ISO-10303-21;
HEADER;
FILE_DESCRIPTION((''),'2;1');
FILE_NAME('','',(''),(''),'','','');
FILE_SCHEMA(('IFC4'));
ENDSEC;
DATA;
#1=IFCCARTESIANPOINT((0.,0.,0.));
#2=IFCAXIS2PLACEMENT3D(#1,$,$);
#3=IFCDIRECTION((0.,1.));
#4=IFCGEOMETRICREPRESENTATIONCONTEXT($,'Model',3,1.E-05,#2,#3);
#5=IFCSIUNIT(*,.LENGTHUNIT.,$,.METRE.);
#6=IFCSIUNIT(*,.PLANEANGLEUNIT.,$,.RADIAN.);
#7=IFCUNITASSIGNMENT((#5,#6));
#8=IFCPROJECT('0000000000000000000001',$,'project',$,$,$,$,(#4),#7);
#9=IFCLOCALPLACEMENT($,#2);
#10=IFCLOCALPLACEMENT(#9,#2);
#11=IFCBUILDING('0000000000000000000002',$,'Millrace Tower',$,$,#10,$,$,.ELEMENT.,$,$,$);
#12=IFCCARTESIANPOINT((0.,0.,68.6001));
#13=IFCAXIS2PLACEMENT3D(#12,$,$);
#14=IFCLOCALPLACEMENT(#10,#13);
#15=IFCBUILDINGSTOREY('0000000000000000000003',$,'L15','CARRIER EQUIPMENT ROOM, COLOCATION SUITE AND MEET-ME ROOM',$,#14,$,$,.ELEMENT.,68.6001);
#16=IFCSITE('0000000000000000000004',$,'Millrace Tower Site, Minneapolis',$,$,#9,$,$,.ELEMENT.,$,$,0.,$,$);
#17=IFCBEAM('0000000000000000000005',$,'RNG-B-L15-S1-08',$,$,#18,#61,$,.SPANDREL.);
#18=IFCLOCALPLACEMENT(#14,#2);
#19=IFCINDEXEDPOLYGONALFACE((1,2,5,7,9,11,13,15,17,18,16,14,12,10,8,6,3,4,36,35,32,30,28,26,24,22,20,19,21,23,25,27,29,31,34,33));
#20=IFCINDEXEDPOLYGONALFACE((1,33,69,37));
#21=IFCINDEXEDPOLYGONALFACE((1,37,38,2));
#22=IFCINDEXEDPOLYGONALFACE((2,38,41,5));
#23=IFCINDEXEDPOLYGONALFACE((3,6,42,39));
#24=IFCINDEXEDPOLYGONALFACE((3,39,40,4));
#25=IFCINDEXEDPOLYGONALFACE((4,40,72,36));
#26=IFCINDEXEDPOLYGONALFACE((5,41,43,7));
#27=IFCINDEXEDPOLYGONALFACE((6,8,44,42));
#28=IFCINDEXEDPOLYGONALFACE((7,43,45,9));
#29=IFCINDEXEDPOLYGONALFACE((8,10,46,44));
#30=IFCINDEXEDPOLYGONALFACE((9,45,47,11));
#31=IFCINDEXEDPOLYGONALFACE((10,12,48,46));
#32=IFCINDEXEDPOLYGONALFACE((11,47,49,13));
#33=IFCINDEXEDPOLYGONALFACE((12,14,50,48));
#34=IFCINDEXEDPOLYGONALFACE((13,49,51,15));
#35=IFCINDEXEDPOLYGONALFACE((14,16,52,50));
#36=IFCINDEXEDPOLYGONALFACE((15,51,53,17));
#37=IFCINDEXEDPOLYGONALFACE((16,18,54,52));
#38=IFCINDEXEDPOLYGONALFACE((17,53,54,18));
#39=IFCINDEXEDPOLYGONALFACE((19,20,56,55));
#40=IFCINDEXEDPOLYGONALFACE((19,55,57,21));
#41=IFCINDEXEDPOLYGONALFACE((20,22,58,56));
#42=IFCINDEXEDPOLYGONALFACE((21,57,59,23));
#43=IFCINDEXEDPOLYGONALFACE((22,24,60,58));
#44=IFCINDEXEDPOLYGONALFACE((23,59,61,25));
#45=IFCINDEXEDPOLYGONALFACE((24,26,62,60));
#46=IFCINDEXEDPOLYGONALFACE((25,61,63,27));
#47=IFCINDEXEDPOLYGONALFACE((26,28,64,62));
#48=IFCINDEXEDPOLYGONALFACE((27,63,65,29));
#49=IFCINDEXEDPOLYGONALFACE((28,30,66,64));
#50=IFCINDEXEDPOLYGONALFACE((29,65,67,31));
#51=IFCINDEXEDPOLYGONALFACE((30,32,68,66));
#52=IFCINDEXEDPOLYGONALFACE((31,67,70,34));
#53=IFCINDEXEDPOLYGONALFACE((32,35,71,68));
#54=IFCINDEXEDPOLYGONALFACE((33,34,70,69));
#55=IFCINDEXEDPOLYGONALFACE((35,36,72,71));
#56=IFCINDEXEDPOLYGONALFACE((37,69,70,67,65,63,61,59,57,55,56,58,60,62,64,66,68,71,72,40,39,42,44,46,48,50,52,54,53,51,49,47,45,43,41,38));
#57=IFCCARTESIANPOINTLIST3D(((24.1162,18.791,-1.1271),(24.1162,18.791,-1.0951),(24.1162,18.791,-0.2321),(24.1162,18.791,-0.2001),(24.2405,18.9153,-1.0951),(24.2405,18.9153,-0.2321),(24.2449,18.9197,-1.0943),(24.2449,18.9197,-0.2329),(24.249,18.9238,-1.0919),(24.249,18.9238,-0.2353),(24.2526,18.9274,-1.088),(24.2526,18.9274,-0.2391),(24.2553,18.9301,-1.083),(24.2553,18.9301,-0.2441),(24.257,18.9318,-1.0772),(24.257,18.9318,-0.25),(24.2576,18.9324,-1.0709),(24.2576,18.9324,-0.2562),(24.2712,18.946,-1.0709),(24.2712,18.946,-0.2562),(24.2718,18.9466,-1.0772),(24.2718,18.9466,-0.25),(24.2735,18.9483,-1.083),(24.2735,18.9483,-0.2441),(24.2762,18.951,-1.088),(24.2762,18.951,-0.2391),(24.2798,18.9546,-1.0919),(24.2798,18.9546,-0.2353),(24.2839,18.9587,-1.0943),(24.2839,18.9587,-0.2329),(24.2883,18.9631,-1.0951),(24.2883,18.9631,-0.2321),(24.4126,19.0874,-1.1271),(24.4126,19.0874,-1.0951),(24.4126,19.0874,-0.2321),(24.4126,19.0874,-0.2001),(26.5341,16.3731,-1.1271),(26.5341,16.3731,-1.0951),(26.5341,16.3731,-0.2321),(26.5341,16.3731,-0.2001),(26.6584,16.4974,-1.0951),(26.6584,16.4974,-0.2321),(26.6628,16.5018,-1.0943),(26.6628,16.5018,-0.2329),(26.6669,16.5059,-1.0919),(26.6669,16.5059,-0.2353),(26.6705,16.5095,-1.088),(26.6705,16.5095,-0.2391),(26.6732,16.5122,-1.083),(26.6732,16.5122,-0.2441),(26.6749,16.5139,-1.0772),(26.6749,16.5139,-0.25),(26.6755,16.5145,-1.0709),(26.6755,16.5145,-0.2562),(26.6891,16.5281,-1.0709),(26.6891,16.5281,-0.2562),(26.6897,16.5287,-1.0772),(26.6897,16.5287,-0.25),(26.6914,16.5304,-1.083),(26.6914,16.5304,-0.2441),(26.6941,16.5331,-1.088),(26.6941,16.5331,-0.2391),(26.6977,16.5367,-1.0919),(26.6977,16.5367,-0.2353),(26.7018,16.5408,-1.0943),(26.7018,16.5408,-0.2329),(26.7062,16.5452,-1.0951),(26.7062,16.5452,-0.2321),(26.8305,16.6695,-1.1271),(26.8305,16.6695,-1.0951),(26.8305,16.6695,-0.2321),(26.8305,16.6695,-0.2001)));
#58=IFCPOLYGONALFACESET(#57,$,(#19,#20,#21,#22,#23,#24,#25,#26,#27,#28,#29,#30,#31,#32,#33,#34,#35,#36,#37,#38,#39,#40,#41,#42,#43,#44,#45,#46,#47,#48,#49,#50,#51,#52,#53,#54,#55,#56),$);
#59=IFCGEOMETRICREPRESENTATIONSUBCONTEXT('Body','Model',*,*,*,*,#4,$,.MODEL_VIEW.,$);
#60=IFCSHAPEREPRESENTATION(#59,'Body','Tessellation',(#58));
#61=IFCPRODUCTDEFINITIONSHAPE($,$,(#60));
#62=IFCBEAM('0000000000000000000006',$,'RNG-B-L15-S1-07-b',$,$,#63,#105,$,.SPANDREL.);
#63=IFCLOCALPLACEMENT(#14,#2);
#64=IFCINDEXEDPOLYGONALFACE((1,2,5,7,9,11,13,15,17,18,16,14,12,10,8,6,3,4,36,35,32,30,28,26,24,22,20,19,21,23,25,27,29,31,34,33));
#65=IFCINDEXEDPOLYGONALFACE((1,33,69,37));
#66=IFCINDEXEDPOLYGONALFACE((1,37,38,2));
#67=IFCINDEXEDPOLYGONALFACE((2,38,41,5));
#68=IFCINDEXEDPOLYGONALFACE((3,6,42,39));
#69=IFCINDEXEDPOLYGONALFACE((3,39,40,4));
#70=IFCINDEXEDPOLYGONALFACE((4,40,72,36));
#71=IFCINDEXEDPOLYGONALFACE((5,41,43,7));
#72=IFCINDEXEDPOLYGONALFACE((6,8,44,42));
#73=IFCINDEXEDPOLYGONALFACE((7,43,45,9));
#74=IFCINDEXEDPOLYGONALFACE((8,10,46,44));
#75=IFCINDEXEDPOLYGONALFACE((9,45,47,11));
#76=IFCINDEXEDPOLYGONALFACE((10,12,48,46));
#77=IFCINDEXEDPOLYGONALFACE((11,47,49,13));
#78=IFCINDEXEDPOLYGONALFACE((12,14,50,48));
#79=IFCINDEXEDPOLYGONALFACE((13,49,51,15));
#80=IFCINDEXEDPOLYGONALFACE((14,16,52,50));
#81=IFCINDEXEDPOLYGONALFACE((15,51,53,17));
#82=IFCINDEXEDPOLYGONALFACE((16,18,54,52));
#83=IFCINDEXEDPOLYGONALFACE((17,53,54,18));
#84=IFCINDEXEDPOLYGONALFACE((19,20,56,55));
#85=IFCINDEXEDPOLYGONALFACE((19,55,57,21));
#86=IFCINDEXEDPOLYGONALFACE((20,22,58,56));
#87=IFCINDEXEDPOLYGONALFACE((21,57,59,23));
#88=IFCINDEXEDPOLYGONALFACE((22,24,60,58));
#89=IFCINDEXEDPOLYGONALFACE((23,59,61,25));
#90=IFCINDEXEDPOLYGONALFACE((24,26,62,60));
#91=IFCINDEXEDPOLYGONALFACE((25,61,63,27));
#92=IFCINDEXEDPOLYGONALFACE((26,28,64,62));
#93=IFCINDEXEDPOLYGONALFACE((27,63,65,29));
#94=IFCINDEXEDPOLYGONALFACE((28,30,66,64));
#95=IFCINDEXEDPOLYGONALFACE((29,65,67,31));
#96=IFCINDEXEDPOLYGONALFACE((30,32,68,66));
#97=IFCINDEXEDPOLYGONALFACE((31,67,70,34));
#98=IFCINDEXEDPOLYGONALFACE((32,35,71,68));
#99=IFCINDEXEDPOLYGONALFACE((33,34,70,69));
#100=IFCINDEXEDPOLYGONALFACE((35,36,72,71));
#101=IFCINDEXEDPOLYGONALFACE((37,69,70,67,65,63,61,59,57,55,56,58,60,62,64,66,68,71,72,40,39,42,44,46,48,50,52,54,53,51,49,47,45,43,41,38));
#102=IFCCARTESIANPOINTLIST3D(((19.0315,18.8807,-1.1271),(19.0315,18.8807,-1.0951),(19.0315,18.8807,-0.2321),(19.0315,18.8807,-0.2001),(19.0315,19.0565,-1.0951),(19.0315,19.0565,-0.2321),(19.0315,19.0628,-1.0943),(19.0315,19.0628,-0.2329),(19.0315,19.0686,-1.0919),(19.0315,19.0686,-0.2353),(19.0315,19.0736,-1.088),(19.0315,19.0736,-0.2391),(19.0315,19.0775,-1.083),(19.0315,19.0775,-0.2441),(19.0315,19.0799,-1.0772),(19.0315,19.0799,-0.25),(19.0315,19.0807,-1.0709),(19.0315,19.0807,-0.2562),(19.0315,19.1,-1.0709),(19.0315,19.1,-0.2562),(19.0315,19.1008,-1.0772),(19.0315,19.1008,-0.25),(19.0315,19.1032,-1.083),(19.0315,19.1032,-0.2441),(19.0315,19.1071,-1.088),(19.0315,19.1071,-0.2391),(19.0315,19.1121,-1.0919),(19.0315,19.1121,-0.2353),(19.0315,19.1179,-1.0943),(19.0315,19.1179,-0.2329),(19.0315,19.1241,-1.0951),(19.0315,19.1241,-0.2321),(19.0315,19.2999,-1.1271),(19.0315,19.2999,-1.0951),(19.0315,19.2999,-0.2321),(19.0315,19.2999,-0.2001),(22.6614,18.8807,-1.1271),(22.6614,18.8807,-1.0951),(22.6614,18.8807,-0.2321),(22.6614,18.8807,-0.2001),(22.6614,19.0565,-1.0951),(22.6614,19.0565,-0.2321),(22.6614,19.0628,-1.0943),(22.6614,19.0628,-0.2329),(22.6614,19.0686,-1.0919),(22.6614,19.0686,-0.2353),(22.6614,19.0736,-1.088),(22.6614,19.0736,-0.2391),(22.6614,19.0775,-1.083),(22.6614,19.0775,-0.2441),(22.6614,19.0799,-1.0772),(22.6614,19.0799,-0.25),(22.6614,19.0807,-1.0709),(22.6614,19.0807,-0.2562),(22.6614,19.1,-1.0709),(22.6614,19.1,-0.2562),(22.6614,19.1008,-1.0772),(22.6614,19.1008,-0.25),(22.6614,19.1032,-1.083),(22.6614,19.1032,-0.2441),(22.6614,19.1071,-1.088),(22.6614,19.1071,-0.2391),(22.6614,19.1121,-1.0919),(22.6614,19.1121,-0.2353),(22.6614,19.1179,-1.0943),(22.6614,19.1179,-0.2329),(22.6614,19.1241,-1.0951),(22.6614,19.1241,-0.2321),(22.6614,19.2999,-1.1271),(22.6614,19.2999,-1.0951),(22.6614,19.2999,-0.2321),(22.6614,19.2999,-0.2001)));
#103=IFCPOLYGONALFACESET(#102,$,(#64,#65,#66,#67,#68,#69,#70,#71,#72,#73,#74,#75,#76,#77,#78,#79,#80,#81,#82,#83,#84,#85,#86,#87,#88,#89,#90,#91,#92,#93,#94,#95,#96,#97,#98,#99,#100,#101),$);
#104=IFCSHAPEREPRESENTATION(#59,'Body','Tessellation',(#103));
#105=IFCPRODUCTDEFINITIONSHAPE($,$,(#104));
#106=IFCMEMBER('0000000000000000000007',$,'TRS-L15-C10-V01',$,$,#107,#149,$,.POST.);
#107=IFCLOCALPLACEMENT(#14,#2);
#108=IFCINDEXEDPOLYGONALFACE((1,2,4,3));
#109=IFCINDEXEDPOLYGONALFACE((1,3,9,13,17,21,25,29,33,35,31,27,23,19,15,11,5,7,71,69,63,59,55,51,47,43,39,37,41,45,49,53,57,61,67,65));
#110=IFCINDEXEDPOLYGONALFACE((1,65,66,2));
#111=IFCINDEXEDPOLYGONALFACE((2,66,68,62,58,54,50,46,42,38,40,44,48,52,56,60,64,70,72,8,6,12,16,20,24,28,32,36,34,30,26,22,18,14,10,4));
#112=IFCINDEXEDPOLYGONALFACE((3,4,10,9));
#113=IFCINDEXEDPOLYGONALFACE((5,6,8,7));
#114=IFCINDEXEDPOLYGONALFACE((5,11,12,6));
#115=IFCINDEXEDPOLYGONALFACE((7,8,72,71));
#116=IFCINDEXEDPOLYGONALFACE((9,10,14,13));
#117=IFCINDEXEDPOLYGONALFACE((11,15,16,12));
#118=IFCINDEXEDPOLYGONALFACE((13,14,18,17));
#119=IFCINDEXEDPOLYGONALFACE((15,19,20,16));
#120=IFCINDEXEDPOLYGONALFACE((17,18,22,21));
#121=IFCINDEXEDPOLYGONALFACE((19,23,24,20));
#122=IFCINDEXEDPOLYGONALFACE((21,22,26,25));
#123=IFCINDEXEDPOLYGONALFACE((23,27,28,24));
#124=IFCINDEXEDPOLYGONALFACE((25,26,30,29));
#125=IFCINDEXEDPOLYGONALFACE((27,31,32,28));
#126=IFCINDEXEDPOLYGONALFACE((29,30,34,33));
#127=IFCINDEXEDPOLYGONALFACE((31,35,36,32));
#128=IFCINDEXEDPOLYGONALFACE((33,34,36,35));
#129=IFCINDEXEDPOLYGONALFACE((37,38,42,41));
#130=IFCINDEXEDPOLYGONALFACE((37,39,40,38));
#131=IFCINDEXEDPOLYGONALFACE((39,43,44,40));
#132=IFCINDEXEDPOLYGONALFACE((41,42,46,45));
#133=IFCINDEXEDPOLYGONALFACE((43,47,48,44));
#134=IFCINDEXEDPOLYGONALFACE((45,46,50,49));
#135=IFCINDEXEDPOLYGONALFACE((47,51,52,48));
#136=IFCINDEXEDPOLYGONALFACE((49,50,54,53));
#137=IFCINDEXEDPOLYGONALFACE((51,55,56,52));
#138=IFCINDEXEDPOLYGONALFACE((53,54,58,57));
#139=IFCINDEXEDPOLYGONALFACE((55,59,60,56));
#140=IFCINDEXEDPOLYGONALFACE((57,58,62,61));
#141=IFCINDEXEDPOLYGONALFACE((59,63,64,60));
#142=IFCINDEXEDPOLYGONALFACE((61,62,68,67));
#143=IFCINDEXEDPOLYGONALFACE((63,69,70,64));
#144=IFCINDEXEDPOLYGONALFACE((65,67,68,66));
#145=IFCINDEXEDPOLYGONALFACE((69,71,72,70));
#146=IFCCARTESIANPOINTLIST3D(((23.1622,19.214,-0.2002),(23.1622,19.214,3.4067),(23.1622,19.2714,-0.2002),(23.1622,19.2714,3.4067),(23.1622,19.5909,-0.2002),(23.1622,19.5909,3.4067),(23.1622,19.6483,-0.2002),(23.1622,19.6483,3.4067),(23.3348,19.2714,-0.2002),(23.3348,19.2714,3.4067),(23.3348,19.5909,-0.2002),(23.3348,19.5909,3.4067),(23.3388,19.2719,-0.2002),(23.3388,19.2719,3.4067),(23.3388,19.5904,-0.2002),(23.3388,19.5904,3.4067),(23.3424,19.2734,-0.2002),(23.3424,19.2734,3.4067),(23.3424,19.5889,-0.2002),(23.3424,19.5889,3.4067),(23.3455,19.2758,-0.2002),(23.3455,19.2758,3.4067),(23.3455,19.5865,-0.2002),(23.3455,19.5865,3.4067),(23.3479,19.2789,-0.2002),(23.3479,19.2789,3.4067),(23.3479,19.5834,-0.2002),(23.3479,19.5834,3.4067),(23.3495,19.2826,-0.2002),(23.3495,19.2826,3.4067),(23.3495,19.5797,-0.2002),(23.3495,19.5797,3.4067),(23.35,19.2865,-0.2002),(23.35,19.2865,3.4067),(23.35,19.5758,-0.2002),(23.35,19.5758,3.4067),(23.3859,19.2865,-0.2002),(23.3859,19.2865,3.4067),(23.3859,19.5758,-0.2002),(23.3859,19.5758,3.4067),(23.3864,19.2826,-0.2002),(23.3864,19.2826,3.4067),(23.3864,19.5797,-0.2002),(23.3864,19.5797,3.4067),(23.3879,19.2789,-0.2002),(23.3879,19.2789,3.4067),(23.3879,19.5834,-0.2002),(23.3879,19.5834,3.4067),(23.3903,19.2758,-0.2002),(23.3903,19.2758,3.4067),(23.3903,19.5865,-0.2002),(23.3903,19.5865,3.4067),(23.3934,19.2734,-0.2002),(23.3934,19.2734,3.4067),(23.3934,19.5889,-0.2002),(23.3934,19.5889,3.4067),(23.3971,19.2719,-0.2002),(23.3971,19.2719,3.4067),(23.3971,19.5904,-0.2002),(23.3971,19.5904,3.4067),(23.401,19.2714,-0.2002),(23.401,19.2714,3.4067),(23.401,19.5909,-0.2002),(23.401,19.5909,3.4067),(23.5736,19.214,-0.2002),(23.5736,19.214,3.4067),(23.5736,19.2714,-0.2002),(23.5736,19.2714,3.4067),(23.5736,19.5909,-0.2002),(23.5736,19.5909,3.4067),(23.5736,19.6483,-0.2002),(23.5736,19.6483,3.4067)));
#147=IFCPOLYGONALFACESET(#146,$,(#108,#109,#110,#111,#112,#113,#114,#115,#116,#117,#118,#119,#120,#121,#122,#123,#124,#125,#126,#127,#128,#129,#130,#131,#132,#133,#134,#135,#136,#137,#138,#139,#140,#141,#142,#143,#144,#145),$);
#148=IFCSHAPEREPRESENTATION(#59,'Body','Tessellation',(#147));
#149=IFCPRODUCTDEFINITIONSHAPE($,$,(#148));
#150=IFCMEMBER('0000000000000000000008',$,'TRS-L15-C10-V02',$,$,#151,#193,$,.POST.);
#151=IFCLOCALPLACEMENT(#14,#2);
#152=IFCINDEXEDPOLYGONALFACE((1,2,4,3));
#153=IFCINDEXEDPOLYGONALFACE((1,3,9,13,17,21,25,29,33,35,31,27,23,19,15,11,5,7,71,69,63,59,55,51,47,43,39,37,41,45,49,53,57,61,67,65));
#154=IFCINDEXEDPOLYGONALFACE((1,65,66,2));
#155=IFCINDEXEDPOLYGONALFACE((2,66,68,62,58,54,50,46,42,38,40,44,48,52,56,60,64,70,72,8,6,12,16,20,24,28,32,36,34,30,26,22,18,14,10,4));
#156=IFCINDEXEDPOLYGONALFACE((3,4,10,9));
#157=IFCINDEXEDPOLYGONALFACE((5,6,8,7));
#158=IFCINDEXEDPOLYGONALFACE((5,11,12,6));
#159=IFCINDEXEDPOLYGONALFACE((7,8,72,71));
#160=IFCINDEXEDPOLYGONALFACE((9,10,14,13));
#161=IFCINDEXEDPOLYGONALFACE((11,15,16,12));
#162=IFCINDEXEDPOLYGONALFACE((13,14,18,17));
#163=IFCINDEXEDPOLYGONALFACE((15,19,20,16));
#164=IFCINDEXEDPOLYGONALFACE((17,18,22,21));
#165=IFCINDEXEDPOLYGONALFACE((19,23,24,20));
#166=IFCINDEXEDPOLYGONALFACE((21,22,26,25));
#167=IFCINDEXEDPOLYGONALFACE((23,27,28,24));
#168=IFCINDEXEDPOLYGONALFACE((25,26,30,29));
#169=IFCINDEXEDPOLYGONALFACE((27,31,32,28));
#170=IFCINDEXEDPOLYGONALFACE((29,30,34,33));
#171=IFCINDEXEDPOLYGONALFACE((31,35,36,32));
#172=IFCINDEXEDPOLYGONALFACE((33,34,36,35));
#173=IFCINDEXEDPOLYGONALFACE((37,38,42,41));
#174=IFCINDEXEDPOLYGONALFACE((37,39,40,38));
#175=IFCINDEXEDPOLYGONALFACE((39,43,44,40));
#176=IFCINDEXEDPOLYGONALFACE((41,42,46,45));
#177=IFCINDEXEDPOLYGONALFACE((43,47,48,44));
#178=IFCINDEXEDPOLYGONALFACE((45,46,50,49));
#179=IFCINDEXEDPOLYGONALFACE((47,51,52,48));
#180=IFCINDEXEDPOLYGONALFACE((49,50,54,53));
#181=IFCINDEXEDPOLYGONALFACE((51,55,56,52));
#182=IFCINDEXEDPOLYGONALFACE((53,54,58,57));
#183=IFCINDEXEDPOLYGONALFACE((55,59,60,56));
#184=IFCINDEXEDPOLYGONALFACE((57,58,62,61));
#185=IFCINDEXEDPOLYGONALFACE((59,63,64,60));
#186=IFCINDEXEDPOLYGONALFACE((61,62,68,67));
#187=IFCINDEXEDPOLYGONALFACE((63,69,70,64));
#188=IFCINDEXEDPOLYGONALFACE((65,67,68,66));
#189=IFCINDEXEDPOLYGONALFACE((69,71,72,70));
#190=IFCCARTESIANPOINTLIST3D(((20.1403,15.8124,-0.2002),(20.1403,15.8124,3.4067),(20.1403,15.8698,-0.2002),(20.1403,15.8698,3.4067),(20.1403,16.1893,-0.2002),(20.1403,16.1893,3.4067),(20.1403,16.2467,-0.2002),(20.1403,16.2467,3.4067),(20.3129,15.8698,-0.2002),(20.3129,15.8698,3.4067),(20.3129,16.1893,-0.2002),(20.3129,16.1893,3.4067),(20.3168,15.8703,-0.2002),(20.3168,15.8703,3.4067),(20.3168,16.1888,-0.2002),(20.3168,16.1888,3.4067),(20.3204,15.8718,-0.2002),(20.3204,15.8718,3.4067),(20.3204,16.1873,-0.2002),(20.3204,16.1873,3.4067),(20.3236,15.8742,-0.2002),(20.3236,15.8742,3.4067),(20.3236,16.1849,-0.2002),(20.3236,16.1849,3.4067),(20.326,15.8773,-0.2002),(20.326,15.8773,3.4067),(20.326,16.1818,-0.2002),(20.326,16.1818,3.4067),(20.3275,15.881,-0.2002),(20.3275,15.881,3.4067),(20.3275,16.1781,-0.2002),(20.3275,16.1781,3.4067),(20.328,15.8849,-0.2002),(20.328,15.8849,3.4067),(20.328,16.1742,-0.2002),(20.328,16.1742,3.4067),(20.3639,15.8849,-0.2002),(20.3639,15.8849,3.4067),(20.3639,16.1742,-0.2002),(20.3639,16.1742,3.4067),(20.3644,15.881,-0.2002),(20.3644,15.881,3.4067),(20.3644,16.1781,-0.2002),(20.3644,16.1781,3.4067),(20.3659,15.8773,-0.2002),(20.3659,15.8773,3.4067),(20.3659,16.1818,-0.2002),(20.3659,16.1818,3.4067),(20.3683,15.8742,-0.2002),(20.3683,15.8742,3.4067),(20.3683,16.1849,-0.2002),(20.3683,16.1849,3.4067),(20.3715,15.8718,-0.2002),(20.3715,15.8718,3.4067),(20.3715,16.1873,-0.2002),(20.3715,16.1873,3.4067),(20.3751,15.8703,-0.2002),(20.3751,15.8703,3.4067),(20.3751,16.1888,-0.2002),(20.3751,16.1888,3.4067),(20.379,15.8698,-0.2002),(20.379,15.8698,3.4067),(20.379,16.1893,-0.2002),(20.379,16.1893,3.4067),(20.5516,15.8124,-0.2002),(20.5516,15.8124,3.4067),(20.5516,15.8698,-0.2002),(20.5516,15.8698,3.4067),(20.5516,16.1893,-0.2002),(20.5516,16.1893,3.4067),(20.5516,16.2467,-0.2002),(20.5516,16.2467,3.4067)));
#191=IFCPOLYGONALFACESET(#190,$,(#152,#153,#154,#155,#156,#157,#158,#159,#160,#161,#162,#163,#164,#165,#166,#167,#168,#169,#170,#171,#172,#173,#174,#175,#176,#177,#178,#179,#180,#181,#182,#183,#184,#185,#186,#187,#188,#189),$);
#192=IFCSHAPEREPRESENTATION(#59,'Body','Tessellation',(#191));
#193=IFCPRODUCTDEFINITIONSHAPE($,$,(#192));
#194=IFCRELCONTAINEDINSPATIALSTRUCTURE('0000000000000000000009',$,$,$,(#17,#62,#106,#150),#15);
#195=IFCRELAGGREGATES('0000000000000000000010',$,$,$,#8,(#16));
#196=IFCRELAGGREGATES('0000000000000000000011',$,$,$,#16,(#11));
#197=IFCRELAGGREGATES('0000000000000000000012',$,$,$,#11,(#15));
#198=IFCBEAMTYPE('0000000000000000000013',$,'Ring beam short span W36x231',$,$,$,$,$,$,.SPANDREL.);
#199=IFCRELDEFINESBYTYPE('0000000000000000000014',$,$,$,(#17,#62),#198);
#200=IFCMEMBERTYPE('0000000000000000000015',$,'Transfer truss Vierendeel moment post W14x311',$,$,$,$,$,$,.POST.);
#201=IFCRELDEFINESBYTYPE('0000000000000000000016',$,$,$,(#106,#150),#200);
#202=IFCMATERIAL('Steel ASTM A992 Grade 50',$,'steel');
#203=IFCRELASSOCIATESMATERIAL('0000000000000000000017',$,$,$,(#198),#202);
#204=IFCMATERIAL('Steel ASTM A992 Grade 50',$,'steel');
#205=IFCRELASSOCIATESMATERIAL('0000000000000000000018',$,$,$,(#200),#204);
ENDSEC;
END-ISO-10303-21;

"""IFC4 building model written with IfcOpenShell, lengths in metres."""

from ifc_helpers import new_model, si_unit, direction, frame, origin, origin_2d, place, context, subcontext, project, spatial, i_section, extrude, material, material_profile, profile_set, type_object, element, save


model = new_model("IFC4")

# Units and contexts
model_context = context("Model", 3, precision=1e-05, world=origin(), true_north=direction((0.0, 1.0)))
body_context = subcontext(model_context, "Body", "Model", "MODEL_VIEW")
ifc_project = project(units=[si_unit("LENGTHUNIT", "METRE"), si_unit("PLANEANGLEUNIT", "RADIAN")], contexts=[model_context])

# Site, building, storey
site_placement = place(None, origin())
site = spatial("IfcSite", under=ifc_project, at=site_placement, Name="Millrace Tower Site, Minneapolis", CompositionType="ELEMENT", RefElevation=0.0)
building_placement = place(site_placement, origin())
building = spatial("IfcBuilding", under=site, at=building_placement, Name="Millrace Tower", CompositionType="ELEMENT")
storey_placement = place(building_placement, frame((0.0, 0.0, 68.6001)))
storey = spatial("IfcBuildingStorey", under=building, at=storey_placement, Name="L15", Description="CARRIER EQUIPMENT ROOM, COLOCATION SUITE AND MEET-ME ROOM", CompositionType="ELEMENT", Elevation=68.6001)

# Beams
ifc_material_1 = material(Name="Steel ASTM A992 Grade 50", Category="steel")
ifc_material_profile_1 = material_profile(ifc_material_1, i_section(OverallWidth=0.4192, OverallDepth=0.927, WebThickness=0.0193, FlangeThickness=0.032, FilletRadius=0.0242, at=origin_2d()))
ifc_profile_set_1 = profile_set([ifc_material_profile_1], Name="Steel ASTM A992 Grade 50")
beam_type_1 = type_object("IfcBeamType", Name="Ring beam short span W36x231", PredefinedType="SPANDREL", material=ifc_profile_set_1)
beam_1_placement = place(storey_placement, frame((24.2644, 18.9392, -0.6636), z_axis=(0.707107, -0.707107, 0.0), x_axis=(0.707107, 0.707107, 0.0)))
element("IfcBeam", 1, at=beam_1_placement, inside=storey, type_object=beam_type_1, Name="RNG-B-L15-S1-08", PredefinedType="SPANDREL", context=body_context, shape_type="SweptSolid", body=[
    extrude(i_section(OverallWidth=0.4192, OverallDepth=0.927, WebThickness=0.0193, FlangeThickness=0.032, FilletRadius=0.0242, at=origin_2d()), origin(), (0.0, 0.0, 1.0), 3.4194),
])
beam_2_placement = place(storey_placement, frame((19.0315, 19.0903, -0.6636), z_axis=(1.0, 0.0, 0.0), x_axis=(0.0, 1.0, 0.0)))
element("IfcBeam", 2, at=beam_2_placement, inside=storey, type_object=beam_type_1, Name="RNG-B-L15-S1-07-b", PredefinedType="SPANDREL", context=body_context, shape_type="SweptSolid", body=[
    extrude(i_section(OverallWidth=0.4192, OverallDepth=0.927, WebThickness=0.0193, FlangeThickness=0.032, FilletRadius=0.0242, at=origin_2d()), origin(), (0.0, 0.0, 1.0), 3.6299),
])

# Members
ifc_material_2 = material(Name="Steel ASTM A992 Grade 50", Category="steel")
ifc_material_profile_2 = material_profile(ifc_material_2, i_section(OverallWidth=0.4114, OverallDepth=0.4343, WebThickness=0.0359, FlangeThickness=0.0574, FilletRadius=0.0151, at=origin_2d()))
ifc_profile_set_2 = profile_set([ifc_material_profile_2], Name="Steel ASTM A992 Grade 50")
member_type_1 = type_object("IfcMemberType", Name="Transfer truss Vierendeel moment post W14x311", PredefinedType="POST", material=ifc_profile_set_2)
for number, where, z_axis, x_axis, name in (
    (3, (23.3679, 19.4312, -0.2002), (0.0, 0.0, 1.0), (1.0, 0.0, 0.0), "TRS-L15-C10-V01"),
    (4, (20.3459, 16.0295, -0.2002), (0.0, 0.0, 1.0), (1.0, 0.0, 0.0), "TRS-L15-C10-V02"),
):
    element("IfcMember", number, at=place(storey_placement, frame(where, z_axis=z_axis, x_axis=x_axis)), inside=storey, type_object=member_type_1, Name=name, PredefinedType="POST", context=body_context, shape_type="SweptSolid", body=[
        extrude(i_section(OverallWidth=0.4114, OverallDepth=0.4343, WebThickness=0.0359, FlangeThickness=0.0574, FilletRadius=0.0151, at=origin_2d()), origin(), (0.0, 0.0, 1.0), 3.6069),
    ])

save(model, "model.ifc")
